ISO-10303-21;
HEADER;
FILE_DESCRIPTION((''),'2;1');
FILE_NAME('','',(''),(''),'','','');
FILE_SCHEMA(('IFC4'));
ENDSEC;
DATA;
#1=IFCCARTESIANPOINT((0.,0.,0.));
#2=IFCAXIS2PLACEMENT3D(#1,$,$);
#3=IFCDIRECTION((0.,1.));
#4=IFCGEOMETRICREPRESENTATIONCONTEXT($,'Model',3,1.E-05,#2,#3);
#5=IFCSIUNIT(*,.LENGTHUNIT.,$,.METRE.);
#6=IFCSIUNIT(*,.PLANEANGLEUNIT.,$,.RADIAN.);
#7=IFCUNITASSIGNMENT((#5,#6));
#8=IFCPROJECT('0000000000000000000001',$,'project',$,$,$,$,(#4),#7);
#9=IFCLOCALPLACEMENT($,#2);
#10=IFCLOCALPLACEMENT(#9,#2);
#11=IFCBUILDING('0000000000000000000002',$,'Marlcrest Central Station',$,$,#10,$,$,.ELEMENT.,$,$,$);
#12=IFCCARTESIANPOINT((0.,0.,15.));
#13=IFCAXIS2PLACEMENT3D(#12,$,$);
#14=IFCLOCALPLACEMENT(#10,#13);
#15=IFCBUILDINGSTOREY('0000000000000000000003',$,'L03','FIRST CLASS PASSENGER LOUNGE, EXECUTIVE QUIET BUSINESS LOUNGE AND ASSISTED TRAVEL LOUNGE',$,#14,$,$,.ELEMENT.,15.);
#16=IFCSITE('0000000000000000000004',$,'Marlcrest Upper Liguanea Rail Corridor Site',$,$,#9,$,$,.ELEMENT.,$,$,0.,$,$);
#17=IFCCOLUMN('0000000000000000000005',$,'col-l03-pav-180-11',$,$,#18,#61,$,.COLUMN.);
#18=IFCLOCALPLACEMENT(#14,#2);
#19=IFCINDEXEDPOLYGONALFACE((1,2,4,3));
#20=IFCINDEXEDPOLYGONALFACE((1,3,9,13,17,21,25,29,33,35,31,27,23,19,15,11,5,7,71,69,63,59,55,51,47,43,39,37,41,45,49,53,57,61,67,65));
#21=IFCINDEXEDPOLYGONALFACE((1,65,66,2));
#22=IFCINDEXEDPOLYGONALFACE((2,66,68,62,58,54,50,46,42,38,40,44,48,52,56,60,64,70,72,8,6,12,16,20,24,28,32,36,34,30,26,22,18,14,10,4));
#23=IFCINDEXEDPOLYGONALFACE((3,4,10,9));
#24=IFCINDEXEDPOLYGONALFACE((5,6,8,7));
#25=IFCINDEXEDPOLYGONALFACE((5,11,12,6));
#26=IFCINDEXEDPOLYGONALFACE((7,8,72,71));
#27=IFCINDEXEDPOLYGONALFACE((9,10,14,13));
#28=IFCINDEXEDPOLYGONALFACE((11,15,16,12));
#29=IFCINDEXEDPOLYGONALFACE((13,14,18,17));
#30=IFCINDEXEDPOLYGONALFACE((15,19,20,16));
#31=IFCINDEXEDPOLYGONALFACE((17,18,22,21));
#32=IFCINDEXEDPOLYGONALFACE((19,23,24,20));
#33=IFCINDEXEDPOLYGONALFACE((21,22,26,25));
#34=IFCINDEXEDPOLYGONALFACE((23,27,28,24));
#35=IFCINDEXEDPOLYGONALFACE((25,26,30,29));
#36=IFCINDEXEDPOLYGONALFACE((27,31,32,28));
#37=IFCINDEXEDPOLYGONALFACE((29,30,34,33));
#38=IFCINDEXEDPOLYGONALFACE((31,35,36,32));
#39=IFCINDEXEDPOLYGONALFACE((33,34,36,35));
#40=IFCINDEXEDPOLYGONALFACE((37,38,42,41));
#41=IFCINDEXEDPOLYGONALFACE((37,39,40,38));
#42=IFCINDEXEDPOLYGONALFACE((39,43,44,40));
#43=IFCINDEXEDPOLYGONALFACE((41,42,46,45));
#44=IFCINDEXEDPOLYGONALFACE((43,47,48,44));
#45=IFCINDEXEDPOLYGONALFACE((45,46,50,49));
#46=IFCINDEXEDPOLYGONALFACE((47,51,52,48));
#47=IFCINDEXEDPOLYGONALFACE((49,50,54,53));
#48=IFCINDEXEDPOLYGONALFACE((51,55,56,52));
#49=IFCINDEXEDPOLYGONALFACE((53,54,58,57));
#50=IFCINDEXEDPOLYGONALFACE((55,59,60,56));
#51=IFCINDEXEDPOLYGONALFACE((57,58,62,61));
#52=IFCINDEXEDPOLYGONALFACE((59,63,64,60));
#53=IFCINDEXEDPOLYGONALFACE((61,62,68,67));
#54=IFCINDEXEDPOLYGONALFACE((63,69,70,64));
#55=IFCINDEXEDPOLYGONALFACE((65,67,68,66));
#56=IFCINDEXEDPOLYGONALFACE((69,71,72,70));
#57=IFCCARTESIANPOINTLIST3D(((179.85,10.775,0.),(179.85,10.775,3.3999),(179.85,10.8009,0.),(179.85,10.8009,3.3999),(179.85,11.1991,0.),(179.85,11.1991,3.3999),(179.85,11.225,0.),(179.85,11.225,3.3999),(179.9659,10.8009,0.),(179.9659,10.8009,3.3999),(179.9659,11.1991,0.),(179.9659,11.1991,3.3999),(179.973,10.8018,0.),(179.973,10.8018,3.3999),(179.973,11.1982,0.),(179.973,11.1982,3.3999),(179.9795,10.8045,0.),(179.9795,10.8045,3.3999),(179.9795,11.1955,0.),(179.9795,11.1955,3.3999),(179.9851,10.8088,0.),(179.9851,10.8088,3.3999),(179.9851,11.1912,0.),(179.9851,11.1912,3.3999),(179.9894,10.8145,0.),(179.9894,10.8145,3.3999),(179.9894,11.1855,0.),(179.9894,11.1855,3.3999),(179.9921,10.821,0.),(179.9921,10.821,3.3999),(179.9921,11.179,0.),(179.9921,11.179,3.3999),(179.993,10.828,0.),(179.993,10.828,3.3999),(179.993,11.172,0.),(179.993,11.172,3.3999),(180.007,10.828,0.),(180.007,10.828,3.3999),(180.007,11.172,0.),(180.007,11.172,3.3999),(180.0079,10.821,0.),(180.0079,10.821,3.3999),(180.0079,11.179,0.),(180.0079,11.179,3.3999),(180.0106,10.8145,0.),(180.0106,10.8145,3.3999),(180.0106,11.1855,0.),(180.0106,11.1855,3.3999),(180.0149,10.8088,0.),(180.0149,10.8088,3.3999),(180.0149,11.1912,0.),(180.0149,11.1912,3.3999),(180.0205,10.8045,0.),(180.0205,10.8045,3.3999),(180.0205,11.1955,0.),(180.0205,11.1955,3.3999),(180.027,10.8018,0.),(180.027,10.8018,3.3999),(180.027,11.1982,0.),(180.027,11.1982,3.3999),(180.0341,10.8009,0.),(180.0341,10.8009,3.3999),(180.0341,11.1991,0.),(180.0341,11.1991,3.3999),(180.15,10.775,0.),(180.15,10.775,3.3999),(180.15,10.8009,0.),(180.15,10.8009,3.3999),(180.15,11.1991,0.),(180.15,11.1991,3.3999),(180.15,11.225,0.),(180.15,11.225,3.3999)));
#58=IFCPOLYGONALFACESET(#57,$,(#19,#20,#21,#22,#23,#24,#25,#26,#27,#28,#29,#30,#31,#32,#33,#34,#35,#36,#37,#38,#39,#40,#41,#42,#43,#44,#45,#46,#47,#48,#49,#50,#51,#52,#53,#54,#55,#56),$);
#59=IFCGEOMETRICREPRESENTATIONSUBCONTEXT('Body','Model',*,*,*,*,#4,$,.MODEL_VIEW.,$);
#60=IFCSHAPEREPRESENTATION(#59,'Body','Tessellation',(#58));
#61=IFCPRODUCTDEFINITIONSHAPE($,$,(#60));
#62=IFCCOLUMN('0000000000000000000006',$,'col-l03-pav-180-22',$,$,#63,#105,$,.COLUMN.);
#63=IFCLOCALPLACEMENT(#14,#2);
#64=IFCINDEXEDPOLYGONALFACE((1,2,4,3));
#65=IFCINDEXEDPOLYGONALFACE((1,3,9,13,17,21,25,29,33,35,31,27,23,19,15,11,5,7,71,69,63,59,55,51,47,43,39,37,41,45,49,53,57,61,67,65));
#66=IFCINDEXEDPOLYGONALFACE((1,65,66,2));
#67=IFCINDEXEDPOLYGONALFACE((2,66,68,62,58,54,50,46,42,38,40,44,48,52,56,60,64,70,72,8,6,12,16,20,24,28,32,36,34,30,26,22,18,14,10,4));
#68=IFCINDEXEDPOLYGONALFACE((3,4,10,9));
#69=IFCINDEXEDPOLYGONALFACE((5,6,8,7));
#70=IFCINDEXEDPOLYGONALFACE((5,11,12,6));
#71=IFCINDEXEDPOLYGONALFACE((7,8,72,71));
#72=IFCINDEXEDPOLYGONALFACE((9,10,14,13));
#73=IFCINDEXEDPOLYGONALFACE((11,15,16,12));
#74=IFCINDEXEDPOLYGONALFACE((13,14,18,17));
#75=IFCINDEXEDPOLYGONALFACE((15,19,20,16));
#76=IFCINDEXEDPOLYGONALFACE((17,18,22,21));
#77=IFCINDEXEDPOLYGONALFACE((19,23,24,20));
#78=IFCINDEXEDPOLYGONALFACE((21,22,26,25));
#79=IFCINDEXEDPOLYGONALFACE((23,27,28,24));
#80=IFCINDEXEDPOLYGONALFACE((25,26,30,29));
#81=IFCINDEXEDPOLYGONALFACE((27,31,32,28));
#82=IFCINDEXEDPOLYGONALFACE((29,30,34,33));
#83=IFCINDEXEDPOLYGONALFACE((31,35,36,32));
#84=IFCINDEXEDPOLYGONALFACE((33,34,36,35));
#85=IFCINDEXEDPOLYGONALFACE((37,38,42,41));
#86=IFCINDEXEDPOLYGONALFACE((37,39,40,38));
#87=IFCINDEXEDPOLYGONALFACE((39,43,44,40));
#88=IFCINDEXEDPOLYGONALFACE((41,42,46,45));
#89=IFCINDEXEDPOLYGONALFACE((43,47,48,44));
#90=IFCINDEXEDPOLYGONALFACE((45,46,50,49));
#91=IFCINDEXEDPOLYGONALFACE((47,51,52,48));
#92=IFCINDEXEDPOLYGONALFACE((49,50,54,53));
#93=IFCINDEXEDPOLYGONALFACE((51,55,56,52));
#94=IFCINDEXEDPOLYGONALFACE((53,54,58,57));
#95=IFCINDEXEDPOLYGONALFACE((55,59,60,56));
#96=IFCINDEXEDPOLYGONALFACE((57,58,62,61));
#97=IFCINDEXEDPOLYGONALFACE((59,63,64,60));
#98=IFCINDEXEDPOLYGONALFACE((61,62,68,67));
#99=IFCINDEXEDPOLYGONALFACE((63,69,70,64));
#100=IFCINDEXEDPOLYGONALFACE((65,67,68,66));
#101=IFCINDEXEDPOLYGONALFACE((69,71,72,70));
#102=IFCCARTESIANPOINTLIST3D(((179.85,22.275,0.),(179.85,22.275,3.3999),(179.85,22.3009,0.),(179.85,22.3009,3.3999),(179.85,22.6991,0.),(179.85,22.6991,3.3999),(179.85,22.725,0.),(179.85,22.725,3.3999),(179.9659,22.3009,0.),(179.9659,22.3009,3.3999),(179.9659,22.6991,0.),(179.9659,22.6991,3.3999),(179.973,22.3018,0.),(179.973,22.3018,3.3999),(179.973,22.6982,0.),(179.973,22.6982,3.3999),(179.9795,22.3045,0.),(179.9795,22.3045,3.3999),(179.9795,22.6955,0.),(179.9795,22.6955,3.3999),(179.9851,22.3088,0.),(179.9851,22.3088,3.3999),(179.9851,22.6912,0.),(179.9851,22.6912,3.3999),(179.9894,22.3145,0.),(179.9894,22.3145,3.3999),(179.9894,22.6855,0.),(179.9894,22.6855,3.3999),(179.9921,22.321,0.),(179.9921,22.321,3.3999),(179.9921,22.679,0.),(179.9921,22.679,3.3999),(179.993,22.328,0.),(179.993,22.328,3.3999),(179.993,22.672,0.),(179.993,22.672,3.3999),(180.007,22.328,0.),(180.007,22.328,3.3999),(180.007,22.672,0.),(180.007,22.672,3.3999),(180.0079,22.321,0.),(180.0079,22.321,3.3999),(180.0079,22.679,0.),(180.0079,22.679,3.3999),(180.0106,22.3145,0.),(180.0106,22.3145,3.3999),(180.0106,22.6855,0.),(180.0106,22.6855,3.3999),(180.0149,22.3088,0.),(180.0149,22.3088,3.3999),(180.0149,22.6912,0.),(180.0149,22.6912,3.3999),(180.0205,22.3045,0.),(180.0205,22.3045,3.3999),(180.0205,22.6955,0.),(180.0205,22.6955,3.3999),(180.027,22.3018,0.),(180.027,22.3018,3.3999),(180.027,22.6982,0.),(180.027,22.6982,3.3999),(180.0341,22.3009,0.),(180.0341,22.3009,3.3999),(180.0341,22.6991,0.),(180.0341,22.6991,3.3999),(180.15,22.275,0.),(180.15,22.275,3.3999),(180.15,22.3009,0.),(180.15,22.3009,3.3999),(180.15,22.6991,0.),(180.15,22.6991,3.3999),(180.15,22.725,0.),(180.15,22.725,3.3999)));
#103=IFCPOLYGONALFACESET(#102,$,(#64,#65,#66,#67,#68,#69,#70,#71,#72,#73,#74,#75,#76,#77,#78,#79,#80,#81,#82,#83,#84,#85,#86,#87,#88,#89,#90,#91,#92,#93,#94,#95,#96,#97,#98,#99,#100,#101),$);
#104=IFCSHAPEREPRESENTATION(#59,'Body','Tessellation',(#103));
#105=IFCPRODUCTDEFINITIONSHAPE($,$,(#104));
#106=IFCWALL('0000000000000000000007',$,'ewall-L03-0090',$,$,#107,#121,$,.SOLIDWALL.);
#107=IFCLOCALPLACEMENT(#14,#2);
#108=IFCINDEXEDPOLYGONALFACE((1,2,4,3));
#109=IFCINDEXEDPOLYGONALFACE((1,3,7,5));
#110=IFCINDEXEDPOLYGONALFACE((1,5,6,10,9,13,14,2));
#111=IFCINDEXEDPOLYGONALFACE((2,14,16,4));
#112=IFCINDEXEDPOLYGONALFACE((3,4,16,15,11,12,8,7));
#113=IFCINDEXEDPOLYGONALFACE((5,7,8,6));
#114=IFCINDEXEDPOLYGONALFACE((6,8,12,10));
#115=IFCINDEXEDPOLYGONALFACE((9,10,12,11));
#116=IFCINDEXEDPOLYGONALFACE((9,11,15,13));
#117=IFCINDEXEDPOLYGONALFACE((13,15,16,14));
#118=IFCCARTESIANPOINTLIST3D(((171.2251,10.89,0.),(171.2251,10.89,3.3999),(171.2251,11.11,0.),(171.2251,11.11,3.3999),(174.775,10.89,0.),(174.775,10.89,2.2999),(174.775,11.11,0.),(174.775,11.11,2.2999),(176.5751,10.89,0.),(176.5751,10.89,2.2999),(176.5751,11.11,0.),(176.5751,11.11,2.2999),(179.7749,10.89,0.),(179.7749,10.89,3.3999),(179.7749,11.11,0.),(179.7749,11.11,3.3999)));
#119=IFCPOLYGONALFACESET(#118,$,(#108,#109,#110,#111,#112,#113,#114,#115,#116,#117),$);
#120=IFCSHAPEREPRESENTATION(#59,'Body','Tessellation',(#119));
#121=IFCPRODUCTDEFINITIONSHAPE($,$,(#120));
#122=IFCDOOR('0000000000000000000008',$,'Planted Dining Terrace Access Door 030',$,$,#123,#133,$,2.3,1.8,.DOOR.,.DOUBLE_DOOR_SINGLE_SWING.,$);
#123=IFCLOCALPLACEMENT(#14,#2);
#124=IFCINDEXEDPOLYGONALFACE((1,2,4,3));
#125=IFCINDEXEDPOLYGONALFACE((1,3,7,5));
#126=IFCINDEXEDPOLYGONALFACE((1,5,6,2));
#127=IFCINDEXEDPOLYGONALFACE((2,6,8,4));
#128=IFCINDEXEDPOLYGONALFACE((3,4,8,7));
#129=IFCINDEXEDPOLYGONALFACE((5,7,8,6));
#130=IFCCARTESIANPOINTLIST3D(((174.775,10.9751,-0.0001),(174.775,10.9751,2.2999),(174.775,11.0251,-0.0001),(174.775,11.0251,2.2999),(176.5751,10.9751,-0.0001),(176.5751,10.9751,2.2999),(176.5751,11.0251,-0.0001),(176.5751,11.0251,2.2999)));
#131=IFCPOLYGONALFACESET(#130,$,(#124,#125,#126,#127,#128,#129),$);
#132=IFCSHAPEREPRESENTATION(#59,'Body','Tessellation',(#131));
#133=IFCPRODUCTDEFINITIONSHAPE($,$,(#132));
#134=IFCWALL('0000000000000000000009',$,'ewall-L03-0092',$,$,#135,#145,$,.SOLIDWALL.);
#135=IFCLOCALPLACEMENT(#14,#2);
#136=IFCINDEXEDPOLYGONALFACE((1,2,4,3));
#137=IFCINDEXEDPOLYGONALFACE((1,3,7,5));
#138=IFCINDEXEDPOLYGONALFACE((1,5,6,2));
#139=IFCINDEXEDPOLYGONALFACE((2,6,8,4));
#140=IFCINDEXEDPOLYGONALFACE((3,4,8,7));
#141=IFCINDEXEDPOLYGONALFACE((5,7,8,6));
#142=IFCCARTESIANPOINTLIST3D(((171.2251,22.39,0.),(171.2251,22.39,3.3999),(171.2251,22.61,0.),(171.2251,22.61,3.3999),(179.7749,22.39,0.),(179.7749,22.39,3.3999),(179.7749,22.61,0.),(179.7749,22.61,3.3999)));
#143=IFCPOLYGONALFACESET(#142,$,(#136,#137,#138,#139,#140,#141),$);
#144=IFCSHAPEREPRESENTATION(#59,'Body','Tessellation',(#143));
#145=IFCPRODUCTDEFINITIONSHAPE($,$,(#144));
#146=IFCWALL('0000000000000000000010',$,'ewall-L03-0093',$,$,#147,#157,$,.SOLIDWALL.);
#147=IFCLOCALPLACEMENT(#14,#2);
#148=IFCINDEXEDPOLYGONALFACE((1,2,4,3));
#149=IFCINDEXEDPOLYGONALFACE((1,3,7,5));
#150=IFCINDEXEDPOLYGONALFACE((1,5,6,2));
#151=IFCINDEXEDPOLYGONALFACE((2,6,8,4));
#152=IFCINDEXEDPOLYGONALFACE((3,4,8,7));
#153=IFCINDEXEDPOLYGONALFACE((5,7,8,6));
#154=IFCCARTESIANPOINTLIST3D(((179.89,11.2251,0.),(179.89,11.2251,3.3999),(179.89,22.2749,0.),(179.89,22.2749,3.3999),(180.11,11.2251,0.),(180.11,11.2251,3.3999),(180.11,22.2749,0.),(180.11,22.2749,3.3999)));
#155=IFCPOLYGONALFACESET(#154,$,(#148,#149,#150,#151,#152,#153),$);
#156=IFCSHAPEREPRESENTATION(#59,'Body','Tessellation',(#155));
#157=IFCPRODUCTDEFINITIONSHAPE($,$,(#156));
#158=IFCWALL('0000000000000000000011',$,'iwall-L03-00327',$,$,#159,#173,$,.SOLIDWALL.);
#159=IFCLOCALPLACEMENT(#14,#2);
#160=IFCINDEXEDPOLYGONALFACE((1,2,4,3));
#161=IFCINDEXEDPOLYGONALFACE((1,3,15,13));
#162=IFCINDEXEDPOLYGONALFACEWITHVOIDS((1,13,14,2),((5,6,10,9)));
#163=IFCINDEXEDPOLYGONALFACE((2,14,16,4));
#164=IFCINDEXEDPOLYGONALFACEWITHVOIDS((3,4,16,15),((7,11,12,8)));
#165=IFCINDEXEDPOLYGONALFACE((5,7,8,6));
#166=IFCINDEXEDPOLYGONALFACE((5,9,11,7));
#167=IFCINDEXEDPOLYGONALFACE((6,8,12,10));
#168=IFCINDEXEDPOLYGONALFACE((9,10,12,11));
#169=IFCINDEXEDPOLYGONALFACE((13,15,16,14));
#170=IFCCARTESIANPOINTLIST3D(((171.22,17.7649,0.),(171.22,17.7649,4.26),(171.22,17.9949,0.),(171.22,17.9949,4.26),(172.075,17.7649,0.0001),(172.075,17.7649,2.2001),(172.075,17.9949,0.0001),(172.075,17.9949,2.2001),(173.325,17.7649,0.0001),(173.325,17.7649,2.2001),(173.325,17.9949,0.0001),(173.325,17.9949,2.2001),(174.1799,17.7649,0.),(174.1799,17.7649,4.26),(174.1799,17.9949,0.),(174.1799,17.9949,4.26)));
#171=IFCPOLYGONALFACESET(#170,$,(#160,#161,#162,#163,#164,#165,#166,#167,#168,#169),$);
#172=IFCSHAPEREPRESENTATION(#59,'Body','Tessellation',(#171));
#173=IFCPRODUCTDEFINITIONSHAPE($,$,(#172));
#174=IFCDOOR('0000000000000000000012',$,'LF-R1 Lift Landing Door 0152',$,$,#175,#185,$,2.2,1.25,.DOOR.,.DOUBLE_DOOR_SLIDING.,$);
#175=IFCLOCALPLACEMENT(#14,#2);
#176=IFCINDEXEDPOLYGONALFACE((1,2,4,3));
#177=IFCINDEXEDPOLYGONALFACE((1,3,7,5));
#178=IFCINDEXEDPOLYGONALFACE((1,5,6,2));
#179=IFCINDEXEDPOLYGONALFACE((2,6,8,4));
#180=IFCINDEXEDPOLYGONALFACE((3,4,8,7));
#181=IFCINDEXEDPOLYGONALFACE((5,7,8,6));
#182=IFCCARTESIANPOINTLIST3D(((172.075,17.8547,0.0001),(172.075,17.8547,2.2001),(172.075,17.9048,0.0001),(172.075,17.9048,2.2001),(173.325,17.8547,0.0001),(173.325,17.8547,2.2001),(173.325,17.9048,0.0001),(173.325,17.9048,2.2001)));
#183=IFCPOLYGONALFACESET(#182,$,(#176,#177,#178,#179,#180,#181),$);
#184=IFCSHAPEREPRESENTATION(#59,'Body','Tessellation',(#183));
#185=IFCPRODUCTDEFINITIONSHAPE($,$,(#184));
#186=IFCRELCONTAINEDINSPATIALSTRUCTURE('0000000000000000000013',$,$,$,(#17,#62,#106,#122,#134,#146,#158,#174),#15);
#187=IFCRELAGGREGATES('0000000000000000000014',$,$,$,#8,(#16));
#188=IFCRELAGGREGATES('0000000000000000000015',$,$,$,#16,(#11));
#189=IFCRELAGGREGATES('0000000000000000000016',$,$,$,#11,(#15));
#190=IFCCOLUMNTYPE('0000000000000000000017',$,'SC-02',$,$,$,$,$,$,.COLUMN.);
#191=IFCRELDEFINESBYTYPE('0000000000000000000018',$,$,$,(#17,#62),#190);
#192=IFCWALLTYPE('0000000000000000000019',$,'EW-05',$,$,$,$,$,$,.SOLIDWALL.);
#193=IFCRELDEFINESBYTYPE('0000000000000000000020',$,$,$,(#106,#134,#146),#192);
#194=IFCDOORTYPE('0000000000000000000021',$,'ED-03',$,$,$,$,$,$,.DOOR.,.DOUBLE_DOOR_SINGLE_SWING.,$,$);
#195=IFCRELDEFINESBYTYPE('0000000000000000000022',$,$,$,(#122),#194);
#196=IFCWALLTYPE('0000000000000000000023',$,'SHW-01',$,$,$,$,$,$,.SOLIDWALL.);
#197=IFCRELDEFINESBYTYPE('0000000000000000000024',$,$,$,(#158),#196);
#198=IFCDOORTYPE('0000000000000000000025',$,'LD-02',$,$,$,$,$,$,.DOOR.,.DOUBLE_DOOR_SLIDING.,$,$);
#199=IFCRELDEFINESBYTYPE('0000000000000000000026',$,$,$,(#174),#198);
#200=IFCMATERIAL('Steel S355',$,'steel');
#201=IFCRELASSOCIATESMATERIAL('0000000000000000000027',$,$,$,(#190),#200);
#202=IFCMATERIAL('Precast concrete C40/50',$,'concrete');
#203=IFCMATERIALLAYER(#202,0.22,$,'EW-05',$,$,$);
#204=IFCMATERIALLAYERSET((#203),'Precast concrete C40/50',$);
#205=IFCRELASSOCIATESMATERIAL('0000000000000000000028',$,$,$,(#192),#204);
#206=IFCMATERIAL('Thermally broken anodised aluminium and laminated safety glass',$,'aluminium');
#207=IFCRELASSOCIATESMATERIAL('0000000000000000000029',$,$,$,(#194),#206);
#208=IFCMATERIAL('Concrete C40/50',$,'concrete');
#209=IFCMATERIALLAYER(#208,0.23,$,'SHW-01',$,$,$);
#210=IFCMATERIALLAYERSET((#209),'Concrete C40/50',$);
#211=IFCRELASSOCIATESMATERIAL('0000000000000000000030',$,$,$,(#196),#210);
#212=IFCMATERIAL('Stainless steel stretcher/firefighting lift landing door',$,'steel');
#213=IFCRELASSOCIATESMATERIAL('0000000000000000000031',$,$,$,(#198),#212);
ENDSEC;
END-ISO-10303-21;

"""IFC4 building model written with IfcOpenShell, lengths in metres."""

from ifc_helpers import new_model, si_unit, direction, frame, frame_2d, origin, origin_2d, place, context, subcontext, project, spatial, rectangle, i_section, extrude, material, layer, layer_set, material_profile, profile_set, type_object, element, fill, save


model = new_model("IFC4")

# Units and contexts
model_context = context("Model", 3, precision=1e-05, world=origin(), true_north=direction((0.0, 1.0)))
body_context = subcontext(model_context, "Body", "Model", "MODEL_VIEW")
ifc_project = project(units=[si_unit("LENGTHUNIT", "METRE"), si_unit("PLANEANGLEUNIT", "RADIAN")], contexts=[model_context])

# Site, building, storey
site_placement = place(None, origin())
site = spatial("IfcSite", under=ifc_project, at=site_placement, Name="Marlcrest Upper Liguanea Rail Corridor Site", CompositionType="ELEMENT", RefElevation=0.0)
building_placement = place(site_placement, origin())
building = spatial("IfcBuilding", under=site, at=building_placement, Name="Marlcrest Central Station", CompositionType="ELEMENT")
storey_placement = place(building_placement, frame((0.0, 0.0, 15.0)))
storey = spatial("IfcBuildingStorey", under=building, at=storey_placement, Name="L03", Description="FIRST CLASS PASSENGER LOUNGE, EXECUTIVE QUIET BUSINESS LOUNGE AND ASSISTED TRAVEL LOUNGE", CompositionType="ELEMENT", Elevation=15.0)

# Columns
ifc_material_1 = material(Name="Steel S355", Category="steel")
ifc_material_profile = material_profile(ifc_material_1, i_section(OverallWidth=0.3, OverallDepth=0.45, WebThickness=0.0139, FlangeThickness=0.0259, FilletRadius=0.0271, at=origin_2d()), Name="HEB 450")
ifc_profile_set = profile_set([ifc_material_profile], Name="Steel S355")
column_type = type_object("IfcColumnType", Name="SC-02", PredefinedType="COLUMN", material=ifc_profile_set)
for number, where, z_axis, x_axis, name in (
    (1, (180.0, 11.0, 0.0), (0.0, 0.0, 1.0), (1.0, 0.0, 0.0), "col-l03-pav-180-11"),
    (2, (180.0, 22.5, 0.0), (0.0, 0.0, 1.0), (1.0, 0.0, 0.0), "col-l03-pav-180-22"),
):
    element("IfcColumn", number, at=place(storey_placement, frame(where, z_axis=z_axis, x_axis=x_axis)), inside=storey, type_object=column_type, Name=name, PredefinedType="COLUMN", context=body_context, shape_type="SweptSolid", body=[
        extrude(i_section(OverallWidth=0.3, OverallDepth=0.45, WebThickness=0.0139, FlangeThickness=0.0259, FilletRadius=0.0271, at=origin_2d()), origin(), (0.0, 0.0, 1.0), 3.3999),
    ])

# Wall, opening, door
ifc_material_2 = material(Name="Precast concrete C40/50", Category="concrete")
ifc_layer_1 = layer(ifc_material_2, 0.22, Name="EW-05")
ifc_layer_set_1 = layer_set([ifc_layer_1], Name="Precast concrete C40/50")
wall_type_1 = type_object("IfcWallType", Name="EW-05", PredefinedType="SOLIDWALL", material=ifc_layer_set_1)
wall_1_placement = place(storey_placement, frame((179.7749, 11.0, 0.0), z_axis=(0.0, 0.0, 1.0), x_axis=(-1.0, 0.0, 0.0)))
wall_1 = element("IfcWall", 3, at=wall_1_placement, inside=storey, type_object=wall_type_1, Name="ewall-L03-0090", PredefinedType="SOLIDWALL", context=body_context, shape_type="SweptSolid", body=[
    extrude(rectangle(XDim=8.5498, YDim=0.22, at=frame_2d((4.2749, 0.0))), origin(), (0.0, 0.0, 1.0), 3.3999),
])
opening_1_placement = place(wall_1_placement, frame((3.2, 0.0, 0.0)))
opening_1 = element("IfcOpeningElement", 4, at=opening_1_placement, cuts=wall_1, PredefinedType="OPENING", context=body_context, shape_type="SweptSolid", body=[
    extrude(rectangle(XDim=1.8, YDim=2.3, at=frame_2d((0.8999, 1.1499))), frame((0.0, 0.1199, 0.0), z_axis=(0.0, -1.0, 0.0), x_axis=(1.0, 0.0, 0.0)), (0.0, 0.0, 1.0), 0.24),
])
ifc_material_3 = material(Name="Thermally broken anodised aluminium and laminated safety glass", Category="aluminium")
door_type_1 = type_object("IfcDoorType", Name="ED-03", OperationType="DOUBLE_DOOR_SINGLE_SWING", PredefinedType="DOOR", material=ifc_material_3)
door_1_placement = place(opening_1_placement, origin())
door_1 = element("IfcDoor", 5, at=door_1_placement, inside=storey, type_object=door_type_1, Name="Planted Dining Terrace Access Door 030", OperationType="DOUBLE_DOOR_SINGLE_SWING", OverallHeight=2.3, OverallWidth=1.8, PredefinedType="DOOR", context=body_context, shape_type="SweptSolid", body=[
    extrude(rectangle(XDim=1.8, YDim=2.3, at=frame_2d((0.8999, 1.1499))), frame((0.0, 0.0249, 0.0), z_axis=(0.0, -1.0, 0.0), x_axis=(1.0, 0.0, 0.0)), (0.0, 0.0, 1.0), 0.05),
])
fill(opening_1, door_1)

# Walls
wall_2_placement = place(storey_placement, frame((171.2251, 22.5, 0.0), z_axis=(0.0, 0.0, 1.0), x_axis=(1.0, 0.0, 0.0)))
element("IfcWall", 6, at=wall_2_placement, inside=storey, type_object=wall_type_1, Name="ewall-L03-0092", PredefinedType="SOLIDWALL", context=body_context, shape_type="SweptSolid", body=[
    extrude(rectangle(XDim=8.5498, YDim=0.22, at=frame_2d((4.2749, 0.0))), origin(), (0.0, 0.0, 1.0), 3.3999),
])
wall_3_placement = place(storey_placement, frame((180.0, 22.2749, 0.0), z_axis=(0.0, 0.0, 1.0), x_axis=(0.0, -1.0, 0.0)))
element("IfcWall", 7, at=wall_3_placement, inside=storey, type_object=wall_type_1, Name="ewall-L03-0093", PredefinedType="SOLIDWALL", context=body_context, shape_type="SweptSolid", body=[
    extrude(rectangle(XDim=11.0498, YDim=0.22, at=frame_2d((5.5249, 0.0))), origin(), (0.0, 0.0, 1.0), 3.3999),
])

# Wall, opening, door
ifc_material_4 = material(Name="Concrete C40/50", Category="concrete")
ifc_layer_2 = layer(ifc_material_4, 0.23, Name="SHW-01")
ifc_layer_set_2 = layer_set([ifc_layer_2], Name="Concrete C40/50")
wall_type_2 = type_object("IfcWallType", Name="SHW-01", PredefinedType="SOLIDWALL", material=ifc_layer_set_2)
wall_4_placement = place(storey_placement, frame((171.22, 17.8799, 0.0), z_axis=(0.0, 0.0, 1.0), x_axis=(1.0, 0.0, 0.0)))
wall_4 = element("IfcWall", 8, at=wall_4_placement, inside=storey, type_object=wall_type_2, Name="iwall-L03-00327", PredefinedType="SOLIDWALL", context=body_context, shape_type="SweptSolid", body=[
    extrude(rectangle(XDim=2.96, YDim=0.23, at=frame_2d((1.48, 0.0))), origin(), (0.0, 0.0, 1.0), 4.26),
])
opening_2_placement = place(wall_4_placement, frame((0.855, 0.0, 0.0)))
opening_2 = element("IfcOpeningElement", 9, at=opening_2_placement, cuts=wall_4, PredefinedType="OPENING", context=body_context, shape_type="SweptSolid", body=[
    extrude(rectangle(XDim=1.25, YDim=2.2, at=frame_2d((0.625, 1.1001))), frame((0.0, 0.125, 0.0), z_axis=(0.0, -1.0, 0.0), x_axis=(1.0, 0.0, 0.0)), (0.0, 0.0, 1.0), 0.25),
])
ifc_material_5 = material(Name="Stainless steel stretcher/firefighting lift landing door", Category="steel")
door_type_2 = type_object("IfcDoorType", Name="LD-02", OperationType="DOUBLE_DOOR_SLIDING", PredefinedType="DOOR", material=ifc_material_5)
door_2_placement = place(opening_2_placement, origin())
door_2 = element("IfcDoor", 10, at=door_2_placement, inside=storey, type_object=door_type_2, Name="LF-R1 Lift Landing Door 0152", OperationType="DOUBLE_DOOR_SLIDING", OverallHeight=2.2, OverallWidth=1.25, PredefinedType="DOOR", context=body_context, shape_type="SweptSolid", body=[
    extrude(rectangle(XDim=1.25, YDim=2.2, at=frame_2d((0.625, 1.1001))), frame((0.0, 0.0249, 0.0), z_axis=(0.0, -1.0, 0.0), x_axis=(1.0, 0.0, 0.0)), (0.0, 0.0, 1.0), 0.05),
])
fill(opening_2, door_2)

save(model, "model.ifc")
